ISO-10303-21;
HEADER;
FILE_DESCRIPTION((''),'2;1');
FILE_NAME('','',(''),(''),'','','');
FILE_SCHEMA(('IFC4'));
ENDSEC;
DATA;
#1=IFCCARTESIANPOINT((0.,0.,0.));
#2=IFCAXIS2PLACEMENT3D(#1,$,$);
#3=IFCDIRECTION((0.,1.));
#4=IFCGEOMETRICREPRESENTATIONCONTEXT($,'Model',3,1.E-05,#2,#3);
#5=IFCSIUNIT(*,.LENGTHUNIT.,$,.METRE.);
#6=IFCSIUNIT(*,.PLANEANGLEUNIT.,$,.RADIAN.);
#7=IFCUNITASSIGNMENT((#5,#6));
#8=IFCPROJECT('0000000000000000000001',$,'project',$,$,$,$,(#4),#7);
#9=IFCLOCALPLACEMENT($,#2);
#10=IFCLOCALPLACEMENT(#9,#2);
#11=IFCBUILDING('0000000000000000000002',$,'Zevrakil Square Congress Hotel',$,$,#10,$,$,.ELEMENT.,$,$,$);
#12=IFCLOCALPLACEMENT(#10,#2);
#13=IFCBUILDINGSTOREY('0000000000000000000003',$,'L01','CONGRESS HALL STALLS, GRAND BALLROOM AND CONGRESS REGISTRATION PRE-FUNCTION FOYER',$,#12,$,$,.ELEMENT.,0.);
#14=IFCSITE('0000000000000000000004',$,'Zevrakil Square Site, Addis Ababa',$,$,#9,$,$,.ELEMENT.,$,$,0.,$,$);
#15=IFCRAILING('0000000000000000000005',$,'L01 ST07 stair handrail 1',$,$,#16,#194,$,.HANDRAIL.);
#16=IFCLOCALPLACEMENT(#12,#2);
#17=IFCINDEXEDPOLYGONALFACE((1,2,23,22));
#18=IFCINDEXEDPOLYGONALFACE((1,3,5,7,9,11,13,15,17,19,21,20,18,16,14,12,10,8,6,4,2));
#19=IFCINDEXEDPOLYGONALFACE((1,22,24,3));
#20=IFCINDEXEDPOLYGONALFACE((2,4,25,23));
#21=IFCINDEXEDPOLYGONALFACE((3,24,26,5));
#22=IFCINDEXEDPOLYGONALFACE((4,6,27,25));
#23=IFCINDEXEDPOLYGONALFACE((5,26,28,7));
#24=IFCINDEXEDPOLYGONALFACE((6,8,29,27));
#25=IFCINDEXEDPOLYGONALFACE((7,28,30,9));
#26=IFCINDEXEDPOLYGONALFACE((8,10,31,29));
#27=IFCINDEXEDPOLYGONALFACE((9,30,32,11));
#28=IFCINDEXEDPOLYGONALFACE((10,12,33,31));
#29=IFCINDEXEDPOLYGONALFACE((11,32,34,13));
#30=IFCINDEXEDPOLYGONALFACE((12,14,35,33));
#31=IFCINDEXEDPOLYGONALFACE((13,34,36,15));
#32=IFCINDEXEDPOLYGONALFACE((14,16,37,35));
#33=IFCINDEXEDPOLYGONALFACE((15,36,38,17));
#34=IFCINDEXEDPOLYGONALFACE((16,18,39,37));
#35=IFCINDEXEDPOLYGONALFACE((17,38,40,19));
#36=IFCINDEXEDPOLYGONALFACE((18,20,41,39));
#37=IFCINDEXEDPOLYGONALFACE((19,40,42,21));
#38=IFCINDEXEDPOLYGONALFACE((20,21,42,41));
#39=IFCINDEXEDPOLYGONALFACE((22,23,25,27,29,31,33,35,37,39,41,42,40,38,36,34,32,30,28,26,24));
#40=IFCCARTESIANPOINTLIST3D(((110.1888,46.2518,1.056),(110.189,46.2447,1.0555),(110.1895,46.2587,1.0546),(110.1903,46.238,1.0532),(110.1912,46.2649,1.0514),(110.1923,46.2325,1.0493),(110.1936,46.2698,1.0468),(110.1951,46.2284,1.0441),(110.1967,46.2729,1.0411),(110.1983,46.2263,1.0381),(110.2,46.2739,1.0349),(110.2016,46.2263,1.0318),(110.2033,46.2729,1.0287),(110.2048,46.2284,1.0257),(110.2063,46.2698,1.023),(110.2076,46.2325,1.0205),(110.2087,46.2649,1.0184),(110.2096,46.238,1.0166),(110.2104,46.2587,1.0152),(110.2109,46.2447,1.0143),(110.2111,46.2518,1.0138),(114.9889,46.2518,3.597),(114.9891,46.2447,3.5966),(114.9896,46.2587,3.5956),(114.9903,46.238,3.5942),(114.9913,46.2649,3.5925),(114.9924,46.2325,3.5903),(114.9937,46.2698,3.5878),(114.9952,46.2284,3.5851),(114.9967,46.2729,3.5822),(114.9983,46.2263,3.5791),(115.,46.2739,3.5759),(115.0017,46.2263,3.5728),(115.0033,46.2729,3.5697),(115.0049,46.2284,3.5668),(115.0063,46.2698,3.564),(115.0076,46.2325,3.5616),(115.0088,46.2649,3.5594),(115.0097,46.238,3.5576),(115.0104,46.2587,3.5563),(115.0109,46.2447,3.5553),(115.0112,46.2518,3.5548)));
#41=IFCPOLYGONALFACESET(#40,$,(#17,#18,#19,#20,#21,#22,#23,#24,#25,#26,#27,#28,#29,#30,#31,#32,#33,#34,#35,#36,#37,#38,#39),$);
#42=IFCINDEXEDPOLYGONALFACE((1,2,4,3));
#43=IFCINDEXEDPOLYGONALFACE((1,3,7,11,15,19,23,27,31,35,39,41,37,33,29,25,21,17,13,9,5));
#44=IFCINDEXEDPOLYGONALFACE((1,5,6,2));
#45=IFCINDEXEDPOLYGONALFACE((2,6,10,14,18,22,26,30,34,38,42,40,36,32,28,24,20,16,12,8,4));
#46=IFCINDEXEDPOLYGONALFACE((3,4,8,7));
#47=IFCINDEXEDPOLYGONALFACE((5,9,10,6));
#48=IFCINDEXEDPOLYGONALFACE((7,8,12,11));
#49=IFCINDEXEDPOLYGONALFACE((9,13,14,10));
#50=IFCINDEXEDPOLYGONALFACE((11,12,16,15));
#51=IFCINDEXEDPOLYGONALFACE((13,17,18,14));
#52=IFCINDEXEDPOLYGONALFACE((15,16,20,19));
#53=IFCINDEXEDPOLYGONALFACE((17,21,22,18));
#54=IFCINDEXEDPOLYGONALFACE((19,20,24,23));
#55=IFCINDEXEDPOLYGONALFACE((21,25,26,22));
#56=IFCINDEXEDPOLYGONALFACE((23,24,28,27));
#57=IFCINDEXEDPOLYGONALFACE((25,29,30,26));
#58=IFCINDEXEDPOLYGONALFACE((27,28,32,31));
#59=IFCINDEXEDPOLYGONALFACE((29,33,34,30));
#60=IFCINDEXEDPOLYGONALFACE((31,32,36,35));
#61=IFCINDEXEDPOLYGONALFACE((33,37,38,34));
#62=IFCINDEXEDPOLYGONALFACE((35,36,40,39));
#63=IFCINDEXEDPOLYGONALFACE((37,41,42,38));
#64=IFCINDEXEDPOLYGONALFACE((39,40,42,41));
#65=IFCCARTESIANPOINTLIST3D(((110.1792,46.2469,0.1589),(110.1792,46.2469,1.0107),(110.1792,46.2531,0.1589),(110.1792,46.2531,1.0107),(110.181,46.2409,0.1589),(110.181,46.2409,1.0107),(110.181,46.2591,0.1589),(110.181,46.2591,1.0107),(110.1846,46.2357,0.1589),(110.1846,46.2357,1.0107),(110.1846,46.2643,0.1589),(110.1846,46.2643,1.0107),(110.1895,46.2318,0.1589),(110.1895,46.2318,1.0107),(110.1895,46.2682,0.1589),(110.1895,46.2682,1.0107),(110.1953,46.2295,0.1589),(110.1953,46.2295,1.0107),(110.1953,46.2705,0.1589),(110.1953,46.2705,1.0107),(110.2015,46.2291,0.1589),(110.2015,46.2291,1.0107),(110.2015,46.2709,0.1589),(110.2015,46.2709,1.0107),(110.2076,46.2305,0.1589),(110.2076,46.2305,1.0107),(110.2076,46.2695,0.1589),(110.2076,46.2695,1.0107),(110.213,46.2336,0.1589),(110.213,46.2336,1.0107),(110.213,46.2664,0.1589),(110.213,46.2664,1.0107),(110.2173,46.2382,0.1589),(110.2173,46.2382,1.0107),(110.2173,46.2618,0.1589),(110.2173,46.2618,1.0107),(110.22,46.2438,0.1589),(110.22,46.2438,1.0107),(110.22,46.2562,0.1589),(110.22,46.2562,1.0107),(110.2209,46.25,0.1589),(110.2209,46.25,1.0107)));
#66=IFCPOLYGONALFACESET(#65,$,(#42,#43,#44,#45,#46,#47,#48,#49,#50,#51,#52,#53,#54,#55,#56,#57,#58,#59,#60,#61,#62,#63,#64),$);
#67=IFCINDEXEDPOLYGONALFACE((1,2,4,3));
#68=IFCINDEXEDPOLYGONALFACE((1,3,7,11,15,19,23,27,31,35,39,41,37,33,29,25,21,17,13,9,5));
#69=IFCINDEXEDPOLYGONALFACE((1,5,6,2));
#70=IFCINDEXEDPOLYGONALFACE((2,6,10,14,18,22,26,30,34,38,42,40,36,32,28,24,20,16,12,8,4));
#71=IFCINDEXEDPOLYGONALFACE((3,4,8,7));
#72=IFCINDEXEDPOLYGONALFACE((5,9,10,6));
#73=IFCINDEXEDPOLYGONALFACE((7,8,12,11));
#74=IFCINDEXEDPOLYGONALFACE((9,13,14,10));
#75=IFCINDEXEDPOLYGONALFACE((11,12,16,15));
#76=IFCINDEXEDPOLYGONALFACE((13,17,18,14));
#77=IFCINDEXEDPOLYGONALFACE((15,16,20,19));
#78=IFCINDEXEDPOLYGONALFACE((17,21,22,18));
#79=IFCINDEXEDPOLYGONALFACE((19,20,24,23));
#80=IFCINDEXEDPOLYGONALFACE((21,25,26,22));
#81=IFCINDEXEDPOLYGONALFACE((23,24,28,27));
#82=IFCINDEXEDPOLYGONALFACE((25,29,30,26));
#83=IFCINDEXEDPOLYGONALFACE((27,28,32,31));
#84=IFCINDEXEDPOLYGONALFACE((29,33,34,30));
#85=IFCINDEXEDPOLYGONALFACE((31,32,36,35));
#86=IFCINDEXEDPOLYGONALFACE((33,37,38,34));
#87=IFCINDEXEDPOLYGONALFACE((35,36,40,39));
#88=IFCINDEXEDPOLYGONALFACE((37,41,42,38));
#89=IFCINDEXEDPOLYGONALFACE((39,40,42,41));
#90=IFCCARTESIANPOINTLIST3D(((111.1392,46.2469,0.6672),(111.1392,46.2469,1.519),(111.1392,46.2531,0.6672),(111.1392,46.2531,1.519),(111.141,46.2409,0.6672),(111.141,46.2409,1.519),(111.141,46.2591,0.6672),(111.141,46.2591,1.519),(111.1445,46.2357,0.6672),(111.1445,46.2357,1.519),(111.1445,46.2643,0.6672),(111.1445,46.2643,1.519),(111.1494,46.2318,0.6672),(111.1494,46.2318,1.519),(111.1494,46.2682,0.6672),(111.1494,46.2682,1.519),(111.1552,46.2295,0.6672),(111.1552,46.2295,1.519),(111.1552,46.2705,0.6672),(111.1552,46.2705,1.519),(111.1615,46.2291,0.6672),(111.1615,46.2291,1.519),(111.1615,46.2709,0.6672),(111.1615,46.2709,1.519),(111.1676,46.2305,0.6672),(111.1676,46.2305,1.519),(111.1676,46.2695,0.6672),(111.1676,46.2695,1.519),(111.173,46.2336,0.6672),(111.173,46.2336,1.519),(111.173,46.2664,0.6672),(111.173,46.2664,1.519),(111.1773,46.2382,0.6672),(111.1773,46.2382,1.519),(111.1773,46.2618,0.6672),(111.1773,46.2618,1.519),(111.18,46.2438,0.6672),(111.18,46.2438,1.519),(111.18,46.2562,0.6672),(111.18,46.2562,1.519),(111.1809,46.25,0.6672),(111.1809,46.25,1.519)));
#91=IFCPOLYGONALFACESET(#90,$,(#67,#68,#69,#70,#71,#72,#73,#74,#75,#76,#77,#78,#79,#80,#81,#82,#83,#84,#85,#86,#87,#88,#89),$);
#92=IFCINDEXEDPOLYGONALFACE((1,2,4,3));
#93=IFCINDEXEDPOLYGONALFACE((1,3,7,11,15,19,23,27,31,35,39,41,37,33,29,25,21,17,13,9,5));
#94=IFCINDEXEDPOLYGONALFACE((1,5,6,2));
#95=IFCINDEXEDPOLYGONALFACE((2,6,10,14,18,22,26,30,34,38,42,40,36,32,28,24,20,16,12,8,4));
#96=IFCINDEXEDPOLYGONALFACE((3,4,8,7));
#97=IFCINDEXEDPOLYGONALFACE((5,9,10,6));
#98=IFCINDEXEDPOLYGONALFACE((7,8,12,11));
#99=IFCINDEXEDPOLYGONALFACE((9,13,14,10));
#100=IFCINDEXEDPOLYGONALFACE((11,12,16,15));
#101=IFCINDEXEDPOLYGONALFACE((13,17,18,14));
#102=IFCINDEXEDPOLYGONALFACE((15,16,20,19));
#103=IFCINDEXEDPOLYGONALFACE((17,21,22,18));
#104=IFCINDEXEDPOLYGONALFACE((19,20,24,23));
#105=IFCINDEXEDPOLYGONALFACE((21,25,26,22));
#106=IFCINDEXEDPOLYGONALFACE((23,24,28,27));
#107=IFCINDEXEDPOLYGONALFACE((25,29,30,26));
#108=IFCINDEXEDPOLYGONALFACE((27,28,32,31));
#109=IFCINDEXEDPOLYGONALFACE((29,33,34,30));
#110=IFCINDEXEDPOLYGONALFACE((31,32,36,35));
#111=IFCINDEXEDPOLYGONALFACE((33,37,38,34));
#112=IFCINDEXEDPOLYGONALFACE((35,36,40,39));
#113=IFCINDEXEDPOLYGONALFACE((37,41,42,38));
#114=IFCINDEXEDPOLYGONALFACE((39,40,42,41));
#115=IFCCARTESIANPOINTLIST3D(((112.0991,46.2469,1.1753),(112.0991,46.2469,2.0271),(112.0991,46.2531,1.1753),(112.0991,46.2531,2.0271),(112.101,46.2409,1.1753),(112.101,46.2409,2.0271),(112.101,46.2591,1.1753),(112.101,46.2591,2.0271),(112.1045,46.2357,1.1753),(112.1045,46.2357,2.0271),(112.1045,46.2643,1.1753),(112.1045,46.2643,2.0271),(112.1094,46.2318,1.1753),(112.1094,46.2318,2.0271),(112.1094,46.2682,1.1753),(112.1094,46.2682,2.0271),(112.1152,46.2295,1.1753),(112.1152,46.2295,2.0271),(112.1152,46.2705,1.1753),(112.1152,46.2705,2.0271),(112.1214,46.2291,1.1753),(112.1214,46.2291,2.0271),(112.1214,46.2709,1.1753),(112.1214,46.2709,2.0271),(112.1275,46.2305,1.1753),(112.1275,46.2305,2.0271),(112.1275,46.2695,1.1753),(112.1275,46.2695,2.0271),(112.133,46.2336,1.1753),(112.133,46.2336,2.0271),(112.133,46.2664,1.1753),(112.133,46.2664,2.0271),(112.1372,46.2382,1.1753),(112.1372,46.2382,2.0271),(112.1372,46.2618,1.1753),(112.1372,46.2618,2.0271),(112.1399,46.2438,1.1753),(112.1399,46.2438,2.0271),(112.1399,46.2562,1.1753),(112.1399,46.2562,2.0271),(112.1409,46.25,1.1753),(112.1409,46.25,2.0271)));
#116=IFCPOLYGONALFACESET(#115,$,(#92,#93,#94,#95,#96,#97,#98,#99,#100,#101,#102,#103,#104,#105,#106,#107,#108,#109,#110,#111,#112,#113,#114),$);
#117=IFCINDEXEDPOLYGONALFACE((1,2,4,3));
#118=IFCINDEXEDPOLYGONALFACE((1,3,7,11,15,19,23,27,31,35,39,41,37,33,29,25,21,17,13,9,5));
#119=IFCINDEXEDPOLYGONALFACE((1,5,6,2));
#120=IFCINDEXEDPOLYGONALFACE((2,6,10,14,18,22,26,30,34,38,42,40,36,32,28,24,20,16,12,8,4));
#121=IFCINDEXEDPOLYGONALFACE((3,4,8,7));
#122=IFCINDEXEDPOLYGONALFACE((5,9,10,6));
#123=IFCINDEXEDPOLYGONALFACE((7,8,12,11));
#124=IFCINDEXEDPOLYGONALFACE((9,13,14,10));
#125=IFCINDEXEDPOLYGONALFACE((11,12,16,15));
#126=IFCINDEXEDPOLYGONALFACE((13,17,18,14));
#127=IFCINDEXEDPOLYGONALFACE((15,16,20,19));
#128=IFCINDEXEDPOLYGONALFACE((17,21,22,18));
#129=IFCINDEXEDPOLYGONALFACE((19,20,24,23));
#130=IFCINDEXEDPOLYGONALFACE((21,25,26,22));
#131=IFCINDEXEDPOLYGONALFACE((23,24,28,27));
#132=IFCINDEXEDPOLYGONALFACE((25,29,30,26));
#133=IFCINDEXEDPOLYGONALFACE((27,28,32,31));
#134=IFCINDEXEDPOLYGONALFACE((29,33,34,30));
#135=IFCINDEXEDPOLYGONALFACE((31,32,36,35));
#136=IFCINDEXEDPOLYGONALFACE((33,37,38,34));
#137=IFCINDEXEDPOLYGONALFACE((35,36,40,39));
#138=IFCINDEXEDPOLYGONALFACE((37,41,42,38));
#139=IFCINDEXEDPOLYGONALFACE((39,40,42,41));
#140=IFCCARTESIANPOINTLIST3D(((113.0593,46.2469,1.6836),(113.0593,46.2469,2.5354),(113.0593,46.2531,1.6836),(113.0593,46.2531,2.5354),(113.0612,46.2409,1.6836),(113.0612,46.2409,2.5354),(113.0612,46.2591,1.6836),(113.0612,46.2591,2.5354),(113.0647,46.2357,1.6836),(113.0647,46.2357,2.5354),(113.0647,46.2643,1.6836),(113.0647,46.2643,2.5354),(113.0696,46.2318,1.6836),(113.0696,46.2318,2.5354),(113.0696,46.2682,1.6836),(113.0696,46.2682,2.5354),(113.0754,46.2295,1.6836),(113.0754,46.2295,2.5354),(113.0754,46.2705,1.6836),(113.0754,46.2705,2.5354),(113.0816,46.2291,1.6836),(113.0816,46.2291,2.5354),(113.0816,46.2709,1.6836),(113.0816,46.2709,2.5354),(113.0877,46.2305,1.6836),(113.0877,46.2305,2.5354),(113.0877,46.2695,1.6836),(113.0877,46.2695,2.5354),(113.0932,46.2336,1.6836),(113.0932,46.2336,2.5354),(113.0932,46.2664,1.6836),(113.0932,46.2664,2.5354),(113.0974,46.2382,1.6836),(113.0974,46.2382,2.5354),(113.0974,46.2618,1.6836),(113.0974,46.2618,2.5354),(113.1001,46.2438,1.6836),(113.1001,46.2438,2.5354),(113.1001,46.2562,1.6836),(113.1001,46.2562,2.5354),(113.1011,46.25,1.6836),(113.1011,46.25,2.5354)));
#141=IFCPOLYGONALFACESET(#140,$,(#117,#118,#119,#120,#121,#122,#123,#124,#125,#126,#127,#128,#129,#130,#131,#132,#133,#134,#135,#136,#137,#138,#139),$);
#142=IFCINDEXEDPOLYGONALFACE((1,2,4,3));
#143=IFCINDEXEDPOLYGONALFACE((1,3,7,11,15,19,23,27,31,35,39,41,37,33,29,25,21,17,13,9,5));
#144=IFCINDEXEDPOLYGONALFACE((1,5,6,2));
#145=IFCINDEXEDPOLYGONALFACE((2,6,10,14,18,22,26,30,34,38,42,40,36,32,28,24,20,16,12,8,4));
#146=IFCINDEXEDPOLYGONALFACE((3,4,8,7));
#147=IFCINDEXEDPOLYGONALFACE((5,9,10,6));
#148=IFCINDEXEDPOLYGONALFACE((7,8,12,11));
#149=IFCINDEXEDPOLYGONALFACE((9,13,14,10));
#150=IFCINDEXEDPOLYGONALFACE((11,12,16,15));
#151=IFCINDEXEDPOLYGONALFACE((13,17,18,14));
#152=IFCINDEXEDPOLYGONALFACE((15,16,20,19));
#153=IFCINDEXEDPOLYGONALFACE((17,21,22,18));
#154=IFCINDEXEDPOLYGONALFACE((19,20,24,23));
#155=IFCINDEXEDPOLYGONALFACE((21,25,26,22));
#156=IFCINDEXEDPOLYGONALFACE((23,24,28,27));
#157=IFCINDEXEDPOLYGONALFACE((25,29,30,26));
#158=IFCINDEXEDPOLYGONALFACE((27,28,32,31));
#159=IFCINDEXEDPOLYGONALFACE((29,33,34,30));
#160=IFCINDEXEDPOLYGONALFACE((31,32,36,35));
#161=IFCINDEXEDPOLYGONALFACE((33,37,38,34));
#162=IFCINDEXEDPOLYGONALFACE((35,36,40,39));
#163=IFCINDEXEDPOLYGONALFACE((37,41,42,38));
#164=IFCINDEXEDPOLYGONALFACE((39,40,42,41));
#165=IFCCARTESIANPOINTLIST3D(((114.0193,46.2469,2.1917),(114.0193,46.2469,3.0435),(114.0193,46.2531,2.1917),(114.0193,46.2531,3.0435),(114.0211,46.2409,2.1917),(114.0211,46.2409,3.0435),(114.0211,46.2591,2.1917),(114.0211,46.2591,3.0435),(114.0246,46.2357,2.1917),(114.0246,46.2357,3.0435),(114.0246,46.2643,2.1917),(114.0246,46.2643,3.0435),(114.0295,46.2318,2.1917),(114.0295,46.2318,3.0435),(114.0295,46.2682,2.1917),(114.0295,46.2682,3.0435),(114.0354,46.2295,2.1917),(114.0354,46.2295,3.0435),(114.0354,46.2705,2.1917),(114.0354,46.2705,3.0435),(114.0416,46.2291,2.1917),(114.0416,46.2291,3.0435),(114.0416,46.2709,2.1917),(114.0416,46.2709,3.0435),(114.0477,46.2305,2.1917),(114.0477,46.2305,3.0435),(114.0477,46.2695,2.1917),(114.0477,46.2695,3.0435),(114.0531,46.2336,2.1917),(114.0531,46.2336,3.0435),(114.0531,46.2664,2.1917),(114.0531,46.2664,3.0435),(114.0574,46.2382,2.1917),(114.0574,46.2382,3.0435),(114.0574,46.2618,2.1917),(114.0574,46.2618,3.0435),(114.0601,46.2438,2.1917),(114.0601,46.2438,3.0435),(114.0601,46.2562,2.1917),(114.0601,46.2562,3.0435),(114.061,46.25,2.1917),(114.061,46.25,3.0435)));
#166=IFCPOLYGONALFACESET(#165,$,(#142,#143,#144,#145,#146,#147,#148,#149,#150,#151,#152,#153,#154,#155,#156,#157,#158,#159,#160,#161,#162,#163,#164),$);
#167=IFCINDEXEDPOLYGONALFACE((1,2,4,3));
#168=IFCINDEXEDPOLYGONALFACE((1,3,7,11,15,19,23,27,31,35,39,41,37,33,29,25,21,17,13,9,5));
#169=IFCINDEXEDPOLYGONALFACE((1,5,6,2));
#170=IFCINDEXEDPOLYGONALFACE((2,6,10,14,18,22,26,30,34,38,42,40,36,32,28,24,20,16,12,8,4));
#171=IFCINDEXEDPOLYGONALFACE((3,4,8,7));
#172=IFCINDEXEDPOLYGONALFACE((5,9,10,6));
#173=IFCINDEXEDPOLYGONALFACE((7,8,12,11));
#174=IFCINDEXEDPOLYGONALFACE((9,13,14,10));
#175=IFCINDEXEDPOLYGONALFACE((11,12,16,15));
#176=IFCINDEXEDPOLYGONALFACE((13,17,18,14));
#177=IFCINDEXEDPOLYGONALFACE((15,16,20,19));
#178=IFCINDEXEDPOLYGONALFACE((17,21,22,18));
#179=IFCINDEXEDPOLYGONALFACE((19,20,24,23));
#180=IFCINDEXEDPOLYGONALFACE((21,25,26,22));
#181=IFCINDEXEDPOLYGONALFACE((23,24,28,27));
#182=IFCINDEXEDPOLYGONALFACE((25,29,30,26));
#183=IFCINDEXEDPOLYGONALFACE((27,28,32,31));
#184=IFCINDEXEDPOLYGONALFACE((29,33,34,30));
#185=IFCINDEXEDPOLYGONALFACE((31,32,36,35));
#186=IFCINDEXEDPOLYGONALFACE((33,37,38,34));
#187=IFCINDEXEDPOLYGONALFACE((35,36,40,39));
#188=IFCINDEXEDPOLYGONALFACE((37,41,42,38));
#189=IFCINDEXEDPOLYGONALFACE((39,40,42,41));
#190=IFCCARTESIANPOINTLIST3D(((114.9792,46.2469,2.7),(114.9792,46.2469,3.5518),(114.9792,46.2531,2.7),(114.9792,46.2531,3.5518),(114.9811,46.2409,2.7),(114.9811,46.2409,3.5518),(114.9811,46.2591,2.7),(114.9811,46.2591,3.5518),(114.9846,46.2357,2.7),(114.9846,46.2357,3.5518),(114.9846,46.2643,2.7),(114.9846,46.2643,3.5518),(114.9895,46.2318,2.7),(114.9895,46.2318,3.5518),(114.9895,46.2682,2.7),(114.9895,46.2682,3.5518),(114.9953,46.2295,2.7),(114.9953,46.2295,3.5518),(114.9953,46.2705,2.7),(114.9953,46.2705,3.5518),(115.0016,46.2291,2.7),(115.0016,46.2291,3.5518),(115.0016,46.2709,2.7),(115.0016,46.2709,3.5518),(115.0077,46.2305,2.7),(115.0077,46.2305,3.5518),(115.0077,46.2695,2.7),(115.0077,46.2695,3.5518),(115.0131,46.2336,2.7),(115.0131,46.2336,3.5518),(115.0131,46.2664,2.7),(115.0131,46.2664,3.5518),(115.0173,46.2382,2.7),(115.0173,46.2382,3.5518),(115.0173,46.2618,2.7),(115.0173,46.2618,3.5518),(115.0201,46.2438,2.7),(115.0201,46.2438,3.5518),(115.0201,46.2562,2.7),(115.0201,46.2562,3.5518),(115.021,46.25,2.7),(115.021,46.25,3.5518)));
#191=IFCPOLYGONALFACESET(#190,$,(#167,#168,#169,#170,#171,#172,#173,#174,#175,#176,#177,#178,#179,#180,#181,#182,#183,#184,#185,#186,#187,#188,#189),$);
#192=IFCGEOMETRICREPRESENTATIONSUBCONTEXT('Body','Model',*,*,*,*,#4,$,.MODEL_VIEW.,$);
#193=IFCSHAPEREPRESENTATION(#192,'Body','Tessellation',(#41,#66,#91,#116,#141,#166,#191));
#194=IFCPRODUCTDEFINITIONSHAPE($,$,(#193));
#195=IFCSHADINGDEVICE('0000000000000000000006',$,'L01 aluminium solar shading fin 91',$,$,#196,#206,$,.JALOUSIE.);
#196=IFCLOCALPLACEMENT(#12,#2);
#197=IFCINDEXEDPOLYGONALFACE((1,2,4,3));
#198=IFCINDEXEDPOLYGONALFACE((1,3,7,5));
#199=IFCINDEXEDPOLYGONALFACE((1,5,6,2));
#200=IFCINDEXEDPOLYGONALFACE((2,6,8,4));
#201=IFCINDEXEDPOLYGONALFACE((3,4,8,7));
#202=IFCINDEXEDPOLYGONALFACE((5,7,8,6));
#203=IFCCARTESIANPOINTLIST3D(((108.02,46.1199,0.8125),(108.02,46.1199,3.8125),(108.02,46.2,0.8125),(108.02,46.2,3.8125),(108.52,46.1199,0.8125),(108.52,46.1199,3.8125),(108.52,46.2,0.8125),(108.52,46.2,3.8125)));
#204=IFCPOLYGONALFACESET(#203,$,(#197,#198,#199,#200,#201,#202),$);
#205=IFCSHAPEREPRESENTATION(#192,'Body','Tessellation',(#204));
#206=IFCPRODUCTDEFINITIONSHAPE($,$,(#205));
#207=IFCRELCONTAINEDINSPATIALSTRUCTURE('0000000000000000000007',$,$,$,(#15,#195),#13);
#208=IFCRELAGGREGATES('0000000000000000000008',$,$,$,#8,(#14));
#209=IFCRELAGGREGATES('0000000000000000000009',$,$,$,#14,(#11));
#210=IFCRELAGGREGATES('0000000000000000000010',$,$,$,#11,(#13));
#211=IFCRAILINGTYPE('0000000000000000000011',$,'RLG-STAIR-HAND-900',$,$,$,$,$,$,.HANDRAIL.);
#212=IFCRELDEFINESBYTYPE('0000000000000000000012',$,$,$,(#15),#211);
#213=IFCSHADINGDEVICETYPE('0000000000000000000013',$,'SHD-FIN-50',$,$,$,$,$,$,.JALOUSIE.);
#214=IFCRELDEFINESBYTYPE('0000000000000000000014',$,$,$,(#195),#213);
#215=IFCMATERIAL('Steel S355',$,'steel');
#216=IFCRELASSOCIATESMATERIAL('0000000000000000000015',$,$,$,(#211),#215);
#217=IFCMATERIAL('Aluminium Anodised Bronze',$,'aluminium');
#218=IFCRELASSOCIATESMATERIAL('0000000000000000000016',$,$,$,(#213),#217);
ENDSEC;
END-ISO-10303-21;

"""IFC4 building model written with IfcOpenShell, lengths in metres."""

from ifc_helpers import new_model, si_unit, direction, frame, origin, origin_2d, place, context, subcontext, project, spatial, rectangle, circle, extrude, material, type_object, element, save


model = new_model("IFC4")

# Units and contexts
model_context = context("Model", 3, precision=1e-05, world=origin(), true_north=direction((0.0, 1.0)))
body_context = subcontext(model_context, "Body", "Model", "MODEL_VIEW")
ifc_project = project(units=[si_unit("LENGTHUNIT", "METRE"), si_unit("PLANEANGLEUNIT", "RADIAN")], contexts=[model_context])

# Site, building, storey
site_placement = place(None, origin())
site = spatial("IfcSite", under=ifc_project, at=site_placement, Name="Zevrakil Square Site, Addis Ababa", CompositionType="ELEMENT", RefElevation=0.0)
building_placement = place(site_placement, origin())
building = spatial("IfcBuilding", under=site, at=building_placement, Name="Zevrakil Square Congress Hotel", CompositionType="ELEMENT")
storey_placement = place(building_placement, origin())
storey = spatial("IfcBuildingStorey", under=building, at=storey_placement, Name="L01", Description="CONGRESS HALL STALLS, GRAND BALLROOM AND CONGRESS REGISTRATION PRE-FUNCTION FOYER", CompositionType="ELEMENT", Elevation=0.0)

# Railing
ifc_material_1 = material(Name="Steel S355", Category="steel")
railing_type = type_object("IfcRailingType", Name="RLG-STAIR-HAND-900", PredefinedType="HANDRAIL", material=ifc_material_1)
railing_placement = place(storey_placement, frame((110.2, 46.25, 0.1589)))
element("IfcRailing", 1, at=railing_placement, inside=storey, type_object=railing_type, Name="L01 ST07 stair handrail 1", PredefinedType="HANDRAIL", context=body_context, shape_type="SweptSolid", body=[
    extrude(circle(Radius=0.0239, at=origin_2d()), frame((0.0, 0.0, 0.876), z_axis=(0.883802, 0.0, 0.467861), x_axis=(0.0, 1.0, 0.0)), (0.0, 0.0, 1.0), 5.4312),
    extrude(circle(Radius=0.021, at=origin_2d()), origin(), (0.0, 0.0, 1.0), 0.8518),
    extrude(circle(Radius=0.021, at=origin_2d()), frame((0.96, 0.0, 0.5083)), (0.0, 0.0, 1.0), 0.8518),
    extrude(circle(Radius=0.021, at=origin_2d()), frame((1.9199, 0.0, 1.0164)), (0.0, 0.0, 1.0), 0.8518),
    extrude(circle(Radius=0.021, at=origin_2d()), frame((2.8801, 0.0, 1.5247)), (0.0, 0.0, 1.0), 0.8518),
    extrude(circle(Radius=0.021, at=origin_2d()), frame((3.8401, 0.0, 2.0327)), (0.0, 0.0, 1.0), 0.8518),
    extrude(circle(Radius=0.021, at=origin_2d()), frame((4.8, 0.0, 2.541)), (0.0, 0.0, 1.0), 0.8518),
])

# Shading device
ifc_material_2 = material(Name="Aluminium Anodised Bronze", Category="aluminium")
shading_device_type = type_object("IfcShadingDeviceType", Name="SHD-FIN-50", PredefinedType="JALOUSIE", material=ifc_material_2)
shading_device_placement = place(storey_placement, frame((108.27, 46.1599, 0.8125), z_axis=(0.0, 0.0, 1.0), x_axis=(1.0, 0.0, 0.0)))
element("IfcShadingDevice", 2, at=shading_device_placement, inside=storey, type_object=shading_device_type, Name="L01 aluminium solar shading fin 91", PredefinedType="JALOUSIE", context=body_context, shape_type="SweptSolid", body=[
    extrude(rectangle(XDim=0.5, YDim=0.0801, at=origin_2d()), origin(), (0.0, 0.0, 1.0), 3.0),
])

save(model, "model.ifc")
